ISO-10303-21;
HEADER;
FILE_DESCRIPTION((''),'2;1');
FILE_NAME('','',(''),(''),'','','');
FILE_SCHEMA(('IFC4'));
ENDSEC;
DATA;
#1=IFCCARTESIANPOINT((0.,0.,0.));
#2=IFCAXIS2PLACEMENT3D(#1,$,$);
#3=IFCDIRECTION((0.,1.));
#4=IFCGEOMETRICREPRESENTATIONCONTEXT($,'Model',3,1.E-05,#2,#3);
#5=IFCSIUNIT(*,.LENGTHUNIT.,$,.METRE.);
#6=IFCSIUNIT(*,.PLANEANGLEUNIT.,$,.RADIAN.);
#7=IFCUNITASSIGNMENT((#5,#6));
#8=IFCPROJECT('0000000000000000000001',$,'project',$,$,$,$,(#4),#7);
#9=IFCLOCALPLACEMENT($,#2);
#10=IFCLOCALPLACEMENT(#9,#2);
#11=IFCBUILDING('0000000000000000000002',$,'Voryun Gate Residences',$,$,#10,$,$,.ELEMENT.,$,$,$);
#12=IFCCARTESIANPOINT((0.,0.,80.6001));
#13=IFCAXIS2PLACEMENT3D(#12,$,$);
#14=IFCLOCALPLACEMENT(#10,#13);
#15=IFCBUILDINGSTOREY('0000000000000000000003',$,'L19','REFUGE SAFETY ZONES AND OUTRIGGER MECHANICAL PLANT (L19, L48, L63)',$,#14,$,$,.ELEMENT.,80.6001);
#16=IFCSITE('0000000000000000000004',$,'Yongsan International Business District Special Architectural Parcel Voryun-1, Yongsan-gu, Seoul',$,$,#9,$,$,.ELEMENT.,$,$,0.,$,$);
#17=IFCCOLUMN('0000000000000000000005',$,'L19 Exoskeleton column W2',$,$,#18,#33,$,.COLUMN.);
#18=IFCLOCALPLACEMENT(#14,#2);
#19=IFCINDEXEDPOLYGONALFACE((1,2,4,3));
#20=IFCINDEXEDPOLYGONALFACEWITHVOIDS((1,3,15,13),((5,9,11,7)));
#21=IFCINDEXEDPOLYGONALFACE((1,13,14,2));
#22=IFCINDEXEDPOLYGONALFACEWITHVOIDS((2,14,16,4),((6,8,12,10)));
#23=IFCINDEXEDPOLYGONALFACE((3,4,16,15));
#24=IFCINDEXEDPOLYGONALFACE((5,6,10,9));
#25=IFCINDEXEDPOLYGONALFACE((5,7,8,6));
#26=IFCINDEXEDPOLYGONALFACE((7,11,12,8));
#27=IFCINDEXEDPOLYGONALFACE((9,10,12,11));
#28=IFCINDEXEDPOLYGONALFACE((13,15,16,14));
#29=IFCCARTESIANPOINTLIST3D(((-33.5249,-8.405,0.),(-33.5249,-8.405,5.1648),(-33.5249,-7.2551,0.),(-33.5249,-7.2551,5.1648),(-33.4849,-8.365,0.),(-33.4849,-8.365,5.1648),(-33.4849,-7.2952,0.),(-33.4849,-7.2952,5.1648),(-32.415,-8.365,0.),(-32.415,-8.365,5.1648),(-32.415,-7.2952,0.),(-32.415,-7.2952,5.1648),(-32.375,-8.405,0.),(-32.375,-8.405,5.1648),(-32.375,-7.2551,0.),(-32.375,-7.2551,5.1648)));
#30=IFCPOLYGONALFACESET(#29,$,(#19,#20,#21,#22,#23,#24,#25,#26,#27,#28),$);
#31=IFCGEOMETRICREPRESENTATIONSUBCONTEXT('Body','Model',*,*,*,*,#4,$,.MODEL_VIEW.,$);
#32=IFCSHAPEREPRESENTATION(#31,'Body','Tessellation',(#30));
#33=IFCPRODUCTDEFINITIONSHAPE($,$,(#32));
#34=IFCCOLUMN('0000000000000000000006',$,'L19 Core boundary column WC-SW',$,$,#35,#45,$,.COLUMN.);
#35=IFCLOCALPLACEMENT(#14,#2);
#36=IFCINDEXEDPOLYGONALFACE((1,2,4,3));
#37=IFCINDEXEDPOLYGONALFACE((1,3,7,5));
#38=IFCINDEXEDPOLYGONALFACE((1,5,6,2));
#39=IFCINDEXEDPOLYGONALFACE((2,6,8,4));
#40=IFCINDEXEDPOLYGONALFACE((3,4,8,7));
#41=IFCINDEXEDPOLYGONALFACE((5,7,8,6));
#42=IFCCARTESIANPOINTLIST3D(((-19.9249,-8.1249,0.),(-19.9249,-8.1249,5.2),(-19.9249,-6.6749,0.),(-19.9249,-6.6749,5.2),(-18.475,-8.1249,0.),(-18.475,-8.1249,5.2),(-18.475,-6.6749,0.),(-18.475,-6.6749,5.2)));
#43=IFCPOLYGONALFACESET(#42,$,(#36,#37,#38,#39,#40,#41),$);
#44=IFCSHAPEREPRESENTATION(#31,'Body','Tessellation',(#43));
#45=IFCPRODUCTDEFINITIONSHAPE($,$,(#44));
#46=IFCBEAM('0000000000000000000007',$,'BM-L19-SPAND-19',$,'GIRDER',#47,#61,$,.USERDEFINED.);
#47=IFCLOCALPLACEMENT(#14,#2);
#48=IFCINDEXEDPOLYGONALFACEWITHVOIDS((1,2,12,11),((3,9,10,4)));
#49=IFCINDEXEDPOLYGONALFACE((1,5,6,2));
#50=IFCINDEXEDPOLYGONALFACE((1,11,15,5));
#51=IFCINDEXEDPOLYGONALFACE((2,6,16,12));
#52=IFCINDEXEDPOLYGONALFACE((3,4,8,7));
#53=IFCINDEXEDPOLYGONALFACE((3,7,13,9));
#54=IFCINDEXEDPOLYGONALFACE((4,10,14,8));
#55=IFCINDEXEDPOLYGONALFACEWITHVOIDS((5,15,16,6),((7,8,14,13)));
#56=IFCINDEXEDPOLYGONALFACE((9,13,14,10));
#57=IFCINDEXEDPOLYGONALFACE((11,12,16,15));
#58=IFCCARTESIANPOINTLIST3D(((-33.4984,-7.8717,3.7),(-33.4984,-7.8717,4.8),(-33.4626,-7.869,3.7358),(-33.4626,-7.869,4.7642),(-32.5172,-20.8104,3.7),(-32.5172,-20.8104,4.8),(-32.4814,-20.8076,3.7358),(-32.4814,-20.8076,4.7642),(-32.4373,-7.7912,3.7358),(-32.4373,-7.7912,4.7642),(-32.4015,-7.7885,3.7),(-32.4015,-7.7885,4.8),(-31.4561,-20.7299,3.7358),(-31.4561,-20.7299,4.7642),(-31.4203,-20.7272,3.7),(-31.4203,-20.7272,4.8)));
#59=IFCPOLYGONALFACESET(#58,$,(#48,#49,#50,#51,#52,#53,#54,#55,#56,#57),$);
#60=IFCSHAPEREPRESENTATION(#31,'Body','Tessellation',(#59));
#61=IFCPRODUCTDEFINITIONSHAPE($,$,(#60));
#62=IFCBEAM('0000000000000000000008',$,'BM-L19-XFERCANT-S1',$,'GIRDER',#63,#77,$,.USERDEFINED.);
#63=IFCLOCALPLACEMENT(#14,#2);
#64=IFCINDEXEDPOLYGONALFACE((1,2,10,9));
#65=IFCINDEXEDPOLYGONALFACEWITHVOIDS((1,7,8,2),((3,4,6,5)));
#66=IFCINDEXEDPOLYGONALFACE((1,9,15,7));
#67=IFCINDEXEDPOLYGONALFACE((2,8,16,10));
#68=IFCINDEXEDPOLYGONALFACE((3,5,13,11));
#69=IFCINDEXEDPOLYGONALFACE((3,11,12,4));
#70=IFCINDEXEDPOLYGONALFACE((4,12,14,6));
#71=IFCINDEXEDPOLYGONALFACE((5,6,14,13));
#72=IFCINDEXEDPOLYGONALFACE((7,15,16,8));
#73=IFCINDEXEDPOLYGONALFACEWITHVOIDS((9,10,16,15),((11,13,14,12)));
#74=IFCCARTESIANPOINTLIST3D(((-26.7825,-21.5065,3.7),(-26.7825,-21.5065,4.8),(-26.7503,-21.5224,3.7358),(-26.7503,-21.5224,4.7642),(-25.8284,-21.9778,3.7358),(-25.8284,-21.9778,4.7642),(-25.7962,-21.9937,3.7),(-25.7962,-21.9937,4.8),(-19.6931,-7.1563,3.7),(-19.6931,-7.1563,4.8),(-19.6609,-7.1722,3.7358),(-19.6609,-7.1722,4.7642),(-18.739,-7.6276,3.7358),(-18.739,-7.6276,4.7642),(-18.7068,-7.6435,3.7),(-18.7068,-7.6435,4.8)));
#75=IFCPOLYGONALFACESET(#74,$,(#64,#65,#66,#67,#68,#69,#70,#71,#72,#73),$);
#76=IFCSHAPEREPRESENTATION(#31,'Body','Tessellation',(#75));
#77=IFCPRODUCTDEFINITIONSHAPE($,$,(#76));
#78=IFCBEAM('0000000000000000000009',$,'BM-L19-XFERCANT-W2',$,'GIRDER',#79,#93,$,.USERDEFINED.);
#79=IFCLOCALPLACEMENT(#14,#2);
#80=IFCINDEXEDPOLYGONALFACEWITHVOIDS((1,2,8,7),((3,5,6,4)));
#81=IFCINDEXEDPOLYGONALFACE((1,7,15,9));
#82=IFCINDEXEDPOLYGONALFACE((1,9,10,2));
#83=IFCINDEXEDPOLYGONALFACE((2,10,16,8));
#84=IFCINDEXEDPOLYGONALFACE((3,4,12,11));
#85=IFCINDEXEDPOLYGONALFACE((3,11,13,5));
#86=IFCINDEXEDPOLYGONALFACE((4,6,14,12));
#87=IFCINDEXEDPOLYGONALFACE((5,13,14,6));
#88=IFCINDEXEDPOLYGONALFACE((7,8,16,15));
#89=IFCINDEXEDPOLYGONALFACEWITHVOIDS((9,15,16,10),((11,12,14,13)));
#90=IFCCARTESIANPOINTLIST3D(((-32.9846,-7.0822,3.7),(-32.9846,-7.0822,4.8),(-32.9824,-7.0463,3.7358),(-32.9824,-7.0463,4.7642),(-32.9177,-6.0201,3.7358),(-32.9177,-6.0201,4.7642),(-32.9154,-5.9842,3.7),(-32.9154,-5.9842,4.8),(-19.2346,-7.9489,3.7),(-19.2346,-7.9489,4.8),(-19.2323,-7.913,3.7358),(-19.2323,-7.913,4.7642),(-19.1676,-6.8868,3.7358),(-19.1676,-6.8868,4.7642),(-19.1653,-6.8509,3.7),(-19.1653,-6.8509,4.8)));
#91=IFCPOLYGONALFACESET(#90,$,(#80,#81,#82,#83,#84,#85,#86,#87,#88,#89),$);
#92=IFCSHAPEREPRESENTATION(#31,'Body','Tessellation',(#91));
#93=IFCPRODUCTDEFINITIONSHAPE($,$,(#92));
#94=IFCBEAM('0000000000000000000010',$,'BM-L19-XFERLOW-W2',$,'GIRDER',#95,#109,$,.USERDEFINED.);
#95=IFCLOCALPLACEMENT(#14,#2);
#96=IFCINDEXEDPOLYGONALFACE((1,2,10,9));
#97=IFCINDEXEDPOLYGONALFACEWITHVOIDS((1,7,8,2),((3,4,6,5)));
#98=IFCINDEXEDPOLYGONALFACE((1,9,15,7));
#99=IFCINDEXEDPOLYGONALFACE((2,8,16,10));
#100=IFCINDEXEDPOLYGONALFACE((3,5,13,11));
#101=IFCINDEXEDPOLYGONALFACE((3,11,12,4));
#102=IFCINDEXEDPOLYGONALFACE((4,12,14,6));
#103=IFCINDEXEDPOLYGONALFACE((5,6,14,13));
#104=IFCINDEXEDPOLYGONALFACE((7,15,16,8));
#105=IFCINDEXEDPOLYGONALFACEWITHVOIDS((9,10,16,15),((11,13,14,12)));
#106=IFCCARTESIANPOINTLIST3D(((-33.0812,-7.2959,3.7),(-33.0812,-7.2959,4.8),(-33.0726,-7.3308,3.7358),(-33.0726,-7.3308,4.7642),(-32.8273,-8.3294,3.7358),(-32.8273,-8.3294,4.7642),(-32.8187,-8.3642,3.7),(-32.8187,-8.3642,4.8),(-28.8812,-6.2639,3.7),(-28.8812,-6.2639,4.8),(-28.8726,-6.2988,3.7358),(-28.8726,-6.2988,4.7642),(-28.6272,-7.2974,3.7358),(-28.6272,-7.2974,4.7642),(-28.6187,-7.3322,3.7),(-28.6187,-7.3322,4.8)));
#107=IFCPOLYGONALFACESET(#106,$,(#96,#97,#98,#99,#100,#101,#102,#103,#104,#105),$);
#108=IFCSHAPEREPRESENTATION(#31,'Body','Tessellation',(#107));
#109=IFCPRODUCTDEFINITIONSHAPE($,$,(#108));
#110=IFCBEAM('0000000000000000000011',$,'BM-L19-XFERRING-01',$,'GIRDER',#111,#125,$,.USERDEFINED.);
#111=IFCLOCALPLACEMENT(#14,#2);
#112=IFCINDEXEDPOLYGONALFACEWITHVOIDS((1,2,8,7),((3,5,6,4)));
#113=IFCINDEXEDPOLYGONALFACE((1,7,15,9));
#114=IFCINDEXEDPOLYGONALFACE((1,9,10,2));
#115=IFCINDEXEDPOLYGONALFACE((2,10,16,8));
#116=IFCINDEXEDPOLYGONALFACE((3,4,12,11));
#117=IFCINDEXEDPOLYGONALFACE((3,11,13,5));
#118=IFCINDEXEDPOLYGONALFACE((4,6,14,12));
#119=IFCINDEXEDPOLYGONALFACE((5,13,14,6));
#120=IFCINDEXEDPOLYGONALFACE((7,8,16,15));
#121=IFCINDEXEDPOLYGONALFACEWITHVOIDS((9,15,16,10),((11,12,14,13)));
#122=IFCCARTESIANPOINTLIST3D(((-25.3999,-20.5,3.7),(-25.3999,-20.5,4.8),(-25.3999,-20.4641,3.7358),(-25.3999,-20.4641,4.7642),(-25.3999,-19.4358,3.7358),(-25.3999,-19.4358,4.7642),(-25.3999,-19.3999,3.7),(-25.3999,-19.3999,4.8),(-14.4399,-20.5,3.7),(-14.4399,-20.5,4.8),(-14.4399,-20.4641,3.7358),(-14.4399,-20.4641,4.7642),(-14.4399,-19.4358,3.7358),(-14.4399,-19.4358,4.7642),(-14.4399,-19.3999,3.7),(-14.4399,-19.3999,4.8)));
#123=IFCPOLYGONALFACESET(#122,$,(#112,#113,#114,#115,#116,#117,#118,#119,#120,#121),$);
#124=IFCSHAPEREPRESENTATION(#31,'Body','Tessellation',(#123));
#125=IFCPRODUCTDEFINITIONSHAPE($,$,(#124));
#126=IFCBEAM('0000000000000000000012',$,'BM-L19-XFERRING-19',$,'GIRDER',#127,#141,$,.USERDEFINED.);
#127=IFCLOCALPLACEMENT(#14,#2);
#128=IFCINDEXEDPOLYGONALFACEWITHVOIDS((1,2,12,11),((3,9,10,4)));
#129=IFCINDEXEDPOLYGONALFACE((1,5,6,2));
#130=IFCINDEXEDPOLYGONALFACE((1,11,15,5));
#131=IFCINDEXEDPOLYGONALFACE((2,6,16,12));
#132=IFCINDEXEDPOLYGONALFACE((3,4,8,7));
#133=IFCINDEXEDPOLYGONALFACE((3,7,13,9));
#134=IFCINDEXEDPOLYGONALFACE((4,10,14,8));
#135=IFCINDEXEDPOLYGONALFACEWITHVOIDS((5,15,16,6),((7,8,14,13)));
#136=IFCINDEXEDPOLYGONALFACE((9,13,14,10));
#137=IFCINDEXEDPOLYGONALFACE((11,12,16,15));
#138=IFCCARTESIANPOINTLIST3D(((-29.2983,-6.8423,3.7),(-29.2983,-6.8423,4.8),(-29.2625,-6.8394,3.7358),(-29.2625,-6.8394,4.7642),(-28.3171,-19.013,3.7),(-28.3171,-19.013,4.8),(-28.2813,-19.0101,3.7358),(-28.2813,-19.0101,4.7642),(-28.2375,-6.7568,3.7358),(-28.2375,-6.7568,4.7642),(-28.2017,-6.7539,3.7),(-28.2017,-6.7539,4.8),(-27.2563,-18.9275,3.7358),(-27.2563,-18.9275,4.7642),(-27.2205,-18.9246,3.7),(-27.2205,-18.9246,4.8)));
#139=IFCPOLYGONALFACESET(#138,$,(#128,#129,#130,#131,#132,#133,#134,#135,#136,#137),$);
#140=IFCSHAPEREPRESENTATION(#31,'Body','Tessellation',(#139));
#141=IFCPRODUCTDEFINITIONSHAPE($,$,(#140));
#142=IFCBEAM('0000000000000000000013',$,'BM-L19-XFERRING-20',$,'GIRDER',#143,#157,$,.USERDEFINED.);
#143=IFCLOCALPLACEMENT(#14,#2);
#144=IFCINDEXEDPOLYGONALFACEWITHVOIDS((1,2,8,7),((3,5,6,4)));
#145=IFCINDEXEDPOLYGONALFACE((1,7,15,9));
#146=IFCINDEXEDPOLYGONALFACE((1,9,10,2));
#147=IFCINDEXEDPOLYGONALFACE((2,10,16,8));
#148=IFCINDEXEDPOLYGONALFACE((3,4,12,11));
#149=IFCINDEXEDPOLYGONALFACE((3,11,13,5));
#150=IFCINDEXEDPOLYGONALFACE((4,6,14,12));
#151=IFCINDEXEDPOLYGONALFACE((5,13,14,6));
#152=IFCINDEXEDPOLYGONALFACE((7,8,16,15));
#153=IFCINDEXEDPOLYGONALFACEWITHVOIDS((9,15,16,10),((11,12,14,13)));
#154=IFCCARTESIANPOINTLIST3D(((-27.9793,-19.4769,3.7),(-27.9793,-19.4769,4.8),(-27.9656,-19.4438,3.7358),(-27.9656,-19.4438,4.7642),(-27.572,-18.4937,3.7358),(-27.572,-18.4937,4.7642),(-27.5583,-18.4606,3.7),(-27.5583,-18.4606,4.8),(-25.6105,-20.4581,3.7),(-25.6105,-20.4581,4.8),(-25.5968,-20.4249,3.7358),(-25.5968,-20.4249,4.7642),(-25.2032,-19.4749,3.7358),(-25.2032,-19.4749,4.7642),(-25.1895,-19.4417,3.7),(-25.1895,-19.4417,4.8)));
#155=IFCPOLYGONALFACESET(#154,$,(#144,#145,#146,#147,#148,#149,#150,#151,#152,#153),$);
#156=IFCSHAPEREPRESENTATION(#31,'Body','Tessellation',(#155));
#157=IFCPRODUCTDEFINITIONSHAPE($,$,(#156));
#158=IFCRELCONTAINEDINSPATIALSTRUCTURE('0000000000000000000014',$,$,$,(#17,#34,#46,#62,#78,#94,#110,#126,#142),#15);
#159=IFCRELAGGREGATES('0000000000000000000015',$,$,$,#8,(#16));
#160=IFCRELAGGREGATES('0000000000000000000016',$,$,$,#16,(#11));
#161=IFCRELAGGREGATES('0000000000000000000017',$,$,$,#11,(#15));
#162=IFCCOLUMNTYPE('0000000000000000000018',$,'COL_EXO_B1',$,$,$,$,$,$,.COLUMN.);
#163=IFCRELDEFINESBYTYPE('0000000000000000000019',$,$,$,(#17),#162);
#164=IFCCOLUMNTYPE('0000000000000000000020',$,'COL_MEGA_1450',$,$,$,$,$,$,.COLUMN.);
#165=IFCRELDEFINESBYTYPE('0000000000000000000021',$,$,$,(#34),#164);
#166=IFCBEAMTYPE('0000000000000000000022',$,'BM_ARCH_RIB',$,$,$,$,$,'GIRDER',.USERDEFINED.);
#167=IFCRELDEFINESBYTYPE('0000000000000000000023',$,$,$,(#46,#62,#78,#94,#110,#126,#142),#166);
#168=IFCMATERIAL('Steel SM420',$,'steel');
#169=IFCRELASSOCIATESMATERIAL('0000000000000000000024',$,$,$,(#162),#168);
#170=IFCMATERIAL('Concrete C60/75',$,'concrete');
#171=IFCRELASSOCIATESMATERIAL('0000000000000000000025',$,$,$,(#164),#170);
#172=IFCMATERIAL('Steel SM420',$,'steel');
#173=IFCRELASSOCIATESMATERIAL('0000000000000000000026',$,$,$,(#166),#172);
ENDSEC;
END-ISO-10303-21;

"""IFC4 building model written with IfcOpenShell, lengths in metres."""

from ifc_helpers import new_model, si_unit, direction, frame, origin, origin_2d, place, context, subcontext, project, spatial, rectangle, hollow_rectangle, extrude, material, material_profile, profile_set, type_object, element, save


model = new_model("IFC4")

# Units and contexts
model_context = context("Model", 3, precision=1e-05, world=origin(), true_north=direction((0.0, 1.0)))
body_context = subcontext(model_context, "Body", "Model", "MODEL_VIEW")
ifc_project = project(units=[si_unit("LENGTHUNIT", "METRE"), si_unit("PLANEANGLEUNIT", "RADIAN")], contexts=[model_context])

# Site, building, storey
site_placement = place(None, origin())
site = spatial("IfcSite", under=ifc_project, at=site_placement, Name="Yongsan International Business District Special Architectural Parcel Voryun-1, Yongsan-gu, Seoul", CompositionType="ELEMENT", RefElevation=0.0)
building_placement = place(site_placement, origin())
building = spatial("IfcBuilding", under=site, at=building_placement, Name="Voryun Gate Residences", CompositionType="ELEMENT")
storey_placement = place(building_placement, frame((0.0, 0.0, 80.6001)))
storey = spatial("IfcBuildingStorey", under=building, at=storey_placement, Name="L19", Description="REFUGE SAFETY ZONES AND OUTRIGGER MECHANICAL PLANT (L19, L48, L63)", CompositionType="ELEMENT", Elevation=80.6001)

# Columns
ifc_material_1 = material(Name="Steel SM420", Category="steel")
ifc_material_profile_1 = material_profile(ifc_material_1, hollow_rectangle(XDim=1.1499, YDim=1.1499, WallThickness=0.04, at=origin_2d()), Name="BOX-1150x1150x40")
ifc_profile_set_1 = profile_set([ifc_material_profile_1], Name="Steel SM420")
column_type_1 = type_object("IfcColumnType", Name="COL_EXO_B1", PredefinedType="COLUMN", material=ifc_profile_set_1)
column_1_placement = place(storey_placement, frame((-32.95, -7.8301, 0.0), z_axis=(0.0, 0.0, 1.0), x_axis=(1.0, 0.0, 0.0)))
element("IfcColumn", 1, at=column_1_placement, inside=storey, type_object=column_type_1, Name="L19 Exoskeleton column W2", PredefinedType="COLUMN", context=body_context, shape_type="SweptSolid", body=[
    extrude(hollow_rectangle(XDim=1.1499, YDim=1.1499, WallThickness=0.04, at=origin_2d()), origin(), (0.0, 0.0, 1.0), 5.1648),
])
ifc_material_2 = material(Name="Concrete C60/75", Category="concrete")
ifc_material_profile_2 = material_profile(ifc_material_2, rectangle(XDim=1.45, YDim=1.45, at=origin_2d()), Name="RC-1450x1450")
ifc_profile_set_2 = profile_set([ifc_material_profile_2], Name="Concrete C60/75")
column_type_2 = type_object("IfcColumnType", Name="COL_MEGA_1450", PredefinedType="COLUMN", material=ifc_profile_set_2)
column_2_placement = place(storey_placement, frame((-19.2, -7.3999, 0.0), z_axis=(0.0, 0.0, 1.0), x_axis=(1.0, 0.0, 0.0)))
element("IfcColumn", 2, at=column_2_placement, inside=storey, type_object=column_type_2, Name="L19 Core boundary column WC-SW", PredefinedType="COLUMN", context=body_context, shape_type="SweptSolid", body=[
    extrude(rectangle(XDim=1.45, YDim=1.45, at=origin_2d()), origin(), (0.0, 0.0, 1.0), 5.2),
])

# Beams
ifc_material_3 = material(Name="Steel SM420", Category="steel")
ifc_material_profile_3 = material_profile(ifc_material_3, hollow_rectangle(XDim=1.1001, YDim=1.1001, WallThickness=0.0359, at=origin_2d()), Name="BOX-1100x1100x36")
ifc_profile_set_3 = profile_set([ifc_material_profile_3], Name="Steel SM420")
beam_type_1 = type_object("IfcBeamType", Name="BM_ARCH_RIB", ElementType="GIRDER", PredefinedType="USERDEFINED", material=ifc_profile_set_3)
beam_1_placement = place(storey_placement, frame((-32.95, -7.8301, 4.25), z_axis=(0.075617, -0.997137, 0.0), x_axis=(0.997137, 0.075617, 0.0)))
element("IfcBeam", 3, at=beam_1_placement, inside=storey, type_object=beam_type_1, Name="BM-L19-SPAND-19", ObjectType="GIRDER", PredefinedType="USERDEFINED", context=body_context, shape_type="SweptSolid", body=[
    extrude(hollow_rectangle(XDim=1.1001, YDim=1.1001, WallThickness=0.0359, at=origin_2d()), origin(), (0.0, 0.0, 1.0), 12.9758),
])
beam_2_placement = place(storey_placement, frame((-19.2, -7.3999, 4.25), z_axis=(-0.442925, -0.896558, 0.0), x_axis=(0.896558, -0.442925, 0.0)))
element("IfcBeam", 4, at=beam_2_placement, inside=storey, type_object=beam_type_1, Name="BM-L19-XFERCANT-S1", ObjectType="GIRDER", PredefinedType="USERDEFINED", context=body_context, shape_type="SweptSolid", body=[
    extrude(hollow_rectangle(XDim=1.1001, YDim=1.1001, WallThickness=0.0359, at=origin_2d()), origin(), (0.0, 0.0, 1.0), 16.0059),
])
beam_3_placement = place(storey_placement, frame((-19.2, -7.3999, 4.25), z_axis=(-0.998019, 0.062908, 0.0), x_axis=(-0.062908, -0.998019, 0.0)))
element("IfcBeam", 5, at=beam_3_placement, inside=storey, type_object=beam_type_1, Name="BM-L19-XFERCANT-W2", ObjectType="GIRDER", PredefinedType="USERDEFINED", context=body_context, shape_type="SweptSolid", body=[
    extrude(hollow_rectangle(XDim=1.1001, YDim=1.1001, WallThickness=0.0359, at=origin_2d()), origin(), (0.0, 0.0, 1.0), 13.7773),
])
beam_4_placement = place(storey_placement, frame((-32.95, -7.8301, 4.25), z_axis=(0.971114, 0.238615, 0.0), x_axis=(-0.238615, 0.971114, 0.0)))
element("IfcBeam", 6, at=beam_4_placement, inside=storey, type_object=beam_type_1, Name="BM-L19-XFERLOW-W2", ObjectType="GIRDER", PredefinedType="USERDEFINED", context=body_context, shape_type="SweptSolid", body=[
    extrude(hollow_rectangle(XDim=1.1001, YDim=1.1001, WallThickness=0.0359, at=origin_2d()), origin(), (0.0, 0.0, 1.0), 4.325),
])
beam_5_placement = place(storey_placement, frame((-25.3999, -19.95, 4.25), z_axis=(1.0, 0.0, 0.0), x_axis=(0.0, 1.0, 0.0)))
element("IfcBeam", 7, at=beam_5_placement, inside=storey, type_object=beam_type_1, Name="BM-L19-XFERRING-01", ObjectType="GIRDER", PredefinedType="USERDEFINED", context=body_context, shape_type="SweptSolid", body=[
    extrude(hollow_rectangle(XDim=1.1001, YDim=1.1001, WallThickness=0.0359, at=origin_2d()), origin(), (0.0, 0.0, 1.0), 10.96),
])
beam_6_placement = place(storey_placement, frame((-28.75, -6.7981, 4.25), z_axis=(0.08036, -0.996766, 0.0), x_axis=(0.996766, 0.08036, 0.0)))
element("IfcBeam", 8, at=beam_6_placement, inside=storey, type_object=beam_type_1, Name="BM-L19-XFERRING-19", ObjectType="GIRDER", PredefinedType="USERDEFINED", context=body_context, shape_type="SweptSolid", body=[
    extrude(hollow_rectangle(XDim=1.1001, YDim=1.1001, WallThickness=0.0359, at=origin_2d()), origin(), (0.0, 0.0, 1.0), 12.2102),
])
beam_7_placement = place(storey_placement, frame((-27.7688, -18.9688, 4.25), z_axis=(0.923883, -0.382674, 0.0), x_axis=(0.382674, 0.923883, 0.0)))
element("IfcBeam", 9, at=beam_7_placement, inside=storey, type_object=beam_type_1, Name="BM-L19-XFERRING-20", ObjectType="GIRDER", PredefinedType="USERDEFINED", context=body_context, shape_type="SweptSolid", body=[
    extrude(hollow_rectangle(XDim=1.1001, YDim=1.1001, WallThickness=0.0359, at=origin_2d()), origin(), (0.0, 0.0, 1.0), 2.564),
])

save(model, "model.ifc")
